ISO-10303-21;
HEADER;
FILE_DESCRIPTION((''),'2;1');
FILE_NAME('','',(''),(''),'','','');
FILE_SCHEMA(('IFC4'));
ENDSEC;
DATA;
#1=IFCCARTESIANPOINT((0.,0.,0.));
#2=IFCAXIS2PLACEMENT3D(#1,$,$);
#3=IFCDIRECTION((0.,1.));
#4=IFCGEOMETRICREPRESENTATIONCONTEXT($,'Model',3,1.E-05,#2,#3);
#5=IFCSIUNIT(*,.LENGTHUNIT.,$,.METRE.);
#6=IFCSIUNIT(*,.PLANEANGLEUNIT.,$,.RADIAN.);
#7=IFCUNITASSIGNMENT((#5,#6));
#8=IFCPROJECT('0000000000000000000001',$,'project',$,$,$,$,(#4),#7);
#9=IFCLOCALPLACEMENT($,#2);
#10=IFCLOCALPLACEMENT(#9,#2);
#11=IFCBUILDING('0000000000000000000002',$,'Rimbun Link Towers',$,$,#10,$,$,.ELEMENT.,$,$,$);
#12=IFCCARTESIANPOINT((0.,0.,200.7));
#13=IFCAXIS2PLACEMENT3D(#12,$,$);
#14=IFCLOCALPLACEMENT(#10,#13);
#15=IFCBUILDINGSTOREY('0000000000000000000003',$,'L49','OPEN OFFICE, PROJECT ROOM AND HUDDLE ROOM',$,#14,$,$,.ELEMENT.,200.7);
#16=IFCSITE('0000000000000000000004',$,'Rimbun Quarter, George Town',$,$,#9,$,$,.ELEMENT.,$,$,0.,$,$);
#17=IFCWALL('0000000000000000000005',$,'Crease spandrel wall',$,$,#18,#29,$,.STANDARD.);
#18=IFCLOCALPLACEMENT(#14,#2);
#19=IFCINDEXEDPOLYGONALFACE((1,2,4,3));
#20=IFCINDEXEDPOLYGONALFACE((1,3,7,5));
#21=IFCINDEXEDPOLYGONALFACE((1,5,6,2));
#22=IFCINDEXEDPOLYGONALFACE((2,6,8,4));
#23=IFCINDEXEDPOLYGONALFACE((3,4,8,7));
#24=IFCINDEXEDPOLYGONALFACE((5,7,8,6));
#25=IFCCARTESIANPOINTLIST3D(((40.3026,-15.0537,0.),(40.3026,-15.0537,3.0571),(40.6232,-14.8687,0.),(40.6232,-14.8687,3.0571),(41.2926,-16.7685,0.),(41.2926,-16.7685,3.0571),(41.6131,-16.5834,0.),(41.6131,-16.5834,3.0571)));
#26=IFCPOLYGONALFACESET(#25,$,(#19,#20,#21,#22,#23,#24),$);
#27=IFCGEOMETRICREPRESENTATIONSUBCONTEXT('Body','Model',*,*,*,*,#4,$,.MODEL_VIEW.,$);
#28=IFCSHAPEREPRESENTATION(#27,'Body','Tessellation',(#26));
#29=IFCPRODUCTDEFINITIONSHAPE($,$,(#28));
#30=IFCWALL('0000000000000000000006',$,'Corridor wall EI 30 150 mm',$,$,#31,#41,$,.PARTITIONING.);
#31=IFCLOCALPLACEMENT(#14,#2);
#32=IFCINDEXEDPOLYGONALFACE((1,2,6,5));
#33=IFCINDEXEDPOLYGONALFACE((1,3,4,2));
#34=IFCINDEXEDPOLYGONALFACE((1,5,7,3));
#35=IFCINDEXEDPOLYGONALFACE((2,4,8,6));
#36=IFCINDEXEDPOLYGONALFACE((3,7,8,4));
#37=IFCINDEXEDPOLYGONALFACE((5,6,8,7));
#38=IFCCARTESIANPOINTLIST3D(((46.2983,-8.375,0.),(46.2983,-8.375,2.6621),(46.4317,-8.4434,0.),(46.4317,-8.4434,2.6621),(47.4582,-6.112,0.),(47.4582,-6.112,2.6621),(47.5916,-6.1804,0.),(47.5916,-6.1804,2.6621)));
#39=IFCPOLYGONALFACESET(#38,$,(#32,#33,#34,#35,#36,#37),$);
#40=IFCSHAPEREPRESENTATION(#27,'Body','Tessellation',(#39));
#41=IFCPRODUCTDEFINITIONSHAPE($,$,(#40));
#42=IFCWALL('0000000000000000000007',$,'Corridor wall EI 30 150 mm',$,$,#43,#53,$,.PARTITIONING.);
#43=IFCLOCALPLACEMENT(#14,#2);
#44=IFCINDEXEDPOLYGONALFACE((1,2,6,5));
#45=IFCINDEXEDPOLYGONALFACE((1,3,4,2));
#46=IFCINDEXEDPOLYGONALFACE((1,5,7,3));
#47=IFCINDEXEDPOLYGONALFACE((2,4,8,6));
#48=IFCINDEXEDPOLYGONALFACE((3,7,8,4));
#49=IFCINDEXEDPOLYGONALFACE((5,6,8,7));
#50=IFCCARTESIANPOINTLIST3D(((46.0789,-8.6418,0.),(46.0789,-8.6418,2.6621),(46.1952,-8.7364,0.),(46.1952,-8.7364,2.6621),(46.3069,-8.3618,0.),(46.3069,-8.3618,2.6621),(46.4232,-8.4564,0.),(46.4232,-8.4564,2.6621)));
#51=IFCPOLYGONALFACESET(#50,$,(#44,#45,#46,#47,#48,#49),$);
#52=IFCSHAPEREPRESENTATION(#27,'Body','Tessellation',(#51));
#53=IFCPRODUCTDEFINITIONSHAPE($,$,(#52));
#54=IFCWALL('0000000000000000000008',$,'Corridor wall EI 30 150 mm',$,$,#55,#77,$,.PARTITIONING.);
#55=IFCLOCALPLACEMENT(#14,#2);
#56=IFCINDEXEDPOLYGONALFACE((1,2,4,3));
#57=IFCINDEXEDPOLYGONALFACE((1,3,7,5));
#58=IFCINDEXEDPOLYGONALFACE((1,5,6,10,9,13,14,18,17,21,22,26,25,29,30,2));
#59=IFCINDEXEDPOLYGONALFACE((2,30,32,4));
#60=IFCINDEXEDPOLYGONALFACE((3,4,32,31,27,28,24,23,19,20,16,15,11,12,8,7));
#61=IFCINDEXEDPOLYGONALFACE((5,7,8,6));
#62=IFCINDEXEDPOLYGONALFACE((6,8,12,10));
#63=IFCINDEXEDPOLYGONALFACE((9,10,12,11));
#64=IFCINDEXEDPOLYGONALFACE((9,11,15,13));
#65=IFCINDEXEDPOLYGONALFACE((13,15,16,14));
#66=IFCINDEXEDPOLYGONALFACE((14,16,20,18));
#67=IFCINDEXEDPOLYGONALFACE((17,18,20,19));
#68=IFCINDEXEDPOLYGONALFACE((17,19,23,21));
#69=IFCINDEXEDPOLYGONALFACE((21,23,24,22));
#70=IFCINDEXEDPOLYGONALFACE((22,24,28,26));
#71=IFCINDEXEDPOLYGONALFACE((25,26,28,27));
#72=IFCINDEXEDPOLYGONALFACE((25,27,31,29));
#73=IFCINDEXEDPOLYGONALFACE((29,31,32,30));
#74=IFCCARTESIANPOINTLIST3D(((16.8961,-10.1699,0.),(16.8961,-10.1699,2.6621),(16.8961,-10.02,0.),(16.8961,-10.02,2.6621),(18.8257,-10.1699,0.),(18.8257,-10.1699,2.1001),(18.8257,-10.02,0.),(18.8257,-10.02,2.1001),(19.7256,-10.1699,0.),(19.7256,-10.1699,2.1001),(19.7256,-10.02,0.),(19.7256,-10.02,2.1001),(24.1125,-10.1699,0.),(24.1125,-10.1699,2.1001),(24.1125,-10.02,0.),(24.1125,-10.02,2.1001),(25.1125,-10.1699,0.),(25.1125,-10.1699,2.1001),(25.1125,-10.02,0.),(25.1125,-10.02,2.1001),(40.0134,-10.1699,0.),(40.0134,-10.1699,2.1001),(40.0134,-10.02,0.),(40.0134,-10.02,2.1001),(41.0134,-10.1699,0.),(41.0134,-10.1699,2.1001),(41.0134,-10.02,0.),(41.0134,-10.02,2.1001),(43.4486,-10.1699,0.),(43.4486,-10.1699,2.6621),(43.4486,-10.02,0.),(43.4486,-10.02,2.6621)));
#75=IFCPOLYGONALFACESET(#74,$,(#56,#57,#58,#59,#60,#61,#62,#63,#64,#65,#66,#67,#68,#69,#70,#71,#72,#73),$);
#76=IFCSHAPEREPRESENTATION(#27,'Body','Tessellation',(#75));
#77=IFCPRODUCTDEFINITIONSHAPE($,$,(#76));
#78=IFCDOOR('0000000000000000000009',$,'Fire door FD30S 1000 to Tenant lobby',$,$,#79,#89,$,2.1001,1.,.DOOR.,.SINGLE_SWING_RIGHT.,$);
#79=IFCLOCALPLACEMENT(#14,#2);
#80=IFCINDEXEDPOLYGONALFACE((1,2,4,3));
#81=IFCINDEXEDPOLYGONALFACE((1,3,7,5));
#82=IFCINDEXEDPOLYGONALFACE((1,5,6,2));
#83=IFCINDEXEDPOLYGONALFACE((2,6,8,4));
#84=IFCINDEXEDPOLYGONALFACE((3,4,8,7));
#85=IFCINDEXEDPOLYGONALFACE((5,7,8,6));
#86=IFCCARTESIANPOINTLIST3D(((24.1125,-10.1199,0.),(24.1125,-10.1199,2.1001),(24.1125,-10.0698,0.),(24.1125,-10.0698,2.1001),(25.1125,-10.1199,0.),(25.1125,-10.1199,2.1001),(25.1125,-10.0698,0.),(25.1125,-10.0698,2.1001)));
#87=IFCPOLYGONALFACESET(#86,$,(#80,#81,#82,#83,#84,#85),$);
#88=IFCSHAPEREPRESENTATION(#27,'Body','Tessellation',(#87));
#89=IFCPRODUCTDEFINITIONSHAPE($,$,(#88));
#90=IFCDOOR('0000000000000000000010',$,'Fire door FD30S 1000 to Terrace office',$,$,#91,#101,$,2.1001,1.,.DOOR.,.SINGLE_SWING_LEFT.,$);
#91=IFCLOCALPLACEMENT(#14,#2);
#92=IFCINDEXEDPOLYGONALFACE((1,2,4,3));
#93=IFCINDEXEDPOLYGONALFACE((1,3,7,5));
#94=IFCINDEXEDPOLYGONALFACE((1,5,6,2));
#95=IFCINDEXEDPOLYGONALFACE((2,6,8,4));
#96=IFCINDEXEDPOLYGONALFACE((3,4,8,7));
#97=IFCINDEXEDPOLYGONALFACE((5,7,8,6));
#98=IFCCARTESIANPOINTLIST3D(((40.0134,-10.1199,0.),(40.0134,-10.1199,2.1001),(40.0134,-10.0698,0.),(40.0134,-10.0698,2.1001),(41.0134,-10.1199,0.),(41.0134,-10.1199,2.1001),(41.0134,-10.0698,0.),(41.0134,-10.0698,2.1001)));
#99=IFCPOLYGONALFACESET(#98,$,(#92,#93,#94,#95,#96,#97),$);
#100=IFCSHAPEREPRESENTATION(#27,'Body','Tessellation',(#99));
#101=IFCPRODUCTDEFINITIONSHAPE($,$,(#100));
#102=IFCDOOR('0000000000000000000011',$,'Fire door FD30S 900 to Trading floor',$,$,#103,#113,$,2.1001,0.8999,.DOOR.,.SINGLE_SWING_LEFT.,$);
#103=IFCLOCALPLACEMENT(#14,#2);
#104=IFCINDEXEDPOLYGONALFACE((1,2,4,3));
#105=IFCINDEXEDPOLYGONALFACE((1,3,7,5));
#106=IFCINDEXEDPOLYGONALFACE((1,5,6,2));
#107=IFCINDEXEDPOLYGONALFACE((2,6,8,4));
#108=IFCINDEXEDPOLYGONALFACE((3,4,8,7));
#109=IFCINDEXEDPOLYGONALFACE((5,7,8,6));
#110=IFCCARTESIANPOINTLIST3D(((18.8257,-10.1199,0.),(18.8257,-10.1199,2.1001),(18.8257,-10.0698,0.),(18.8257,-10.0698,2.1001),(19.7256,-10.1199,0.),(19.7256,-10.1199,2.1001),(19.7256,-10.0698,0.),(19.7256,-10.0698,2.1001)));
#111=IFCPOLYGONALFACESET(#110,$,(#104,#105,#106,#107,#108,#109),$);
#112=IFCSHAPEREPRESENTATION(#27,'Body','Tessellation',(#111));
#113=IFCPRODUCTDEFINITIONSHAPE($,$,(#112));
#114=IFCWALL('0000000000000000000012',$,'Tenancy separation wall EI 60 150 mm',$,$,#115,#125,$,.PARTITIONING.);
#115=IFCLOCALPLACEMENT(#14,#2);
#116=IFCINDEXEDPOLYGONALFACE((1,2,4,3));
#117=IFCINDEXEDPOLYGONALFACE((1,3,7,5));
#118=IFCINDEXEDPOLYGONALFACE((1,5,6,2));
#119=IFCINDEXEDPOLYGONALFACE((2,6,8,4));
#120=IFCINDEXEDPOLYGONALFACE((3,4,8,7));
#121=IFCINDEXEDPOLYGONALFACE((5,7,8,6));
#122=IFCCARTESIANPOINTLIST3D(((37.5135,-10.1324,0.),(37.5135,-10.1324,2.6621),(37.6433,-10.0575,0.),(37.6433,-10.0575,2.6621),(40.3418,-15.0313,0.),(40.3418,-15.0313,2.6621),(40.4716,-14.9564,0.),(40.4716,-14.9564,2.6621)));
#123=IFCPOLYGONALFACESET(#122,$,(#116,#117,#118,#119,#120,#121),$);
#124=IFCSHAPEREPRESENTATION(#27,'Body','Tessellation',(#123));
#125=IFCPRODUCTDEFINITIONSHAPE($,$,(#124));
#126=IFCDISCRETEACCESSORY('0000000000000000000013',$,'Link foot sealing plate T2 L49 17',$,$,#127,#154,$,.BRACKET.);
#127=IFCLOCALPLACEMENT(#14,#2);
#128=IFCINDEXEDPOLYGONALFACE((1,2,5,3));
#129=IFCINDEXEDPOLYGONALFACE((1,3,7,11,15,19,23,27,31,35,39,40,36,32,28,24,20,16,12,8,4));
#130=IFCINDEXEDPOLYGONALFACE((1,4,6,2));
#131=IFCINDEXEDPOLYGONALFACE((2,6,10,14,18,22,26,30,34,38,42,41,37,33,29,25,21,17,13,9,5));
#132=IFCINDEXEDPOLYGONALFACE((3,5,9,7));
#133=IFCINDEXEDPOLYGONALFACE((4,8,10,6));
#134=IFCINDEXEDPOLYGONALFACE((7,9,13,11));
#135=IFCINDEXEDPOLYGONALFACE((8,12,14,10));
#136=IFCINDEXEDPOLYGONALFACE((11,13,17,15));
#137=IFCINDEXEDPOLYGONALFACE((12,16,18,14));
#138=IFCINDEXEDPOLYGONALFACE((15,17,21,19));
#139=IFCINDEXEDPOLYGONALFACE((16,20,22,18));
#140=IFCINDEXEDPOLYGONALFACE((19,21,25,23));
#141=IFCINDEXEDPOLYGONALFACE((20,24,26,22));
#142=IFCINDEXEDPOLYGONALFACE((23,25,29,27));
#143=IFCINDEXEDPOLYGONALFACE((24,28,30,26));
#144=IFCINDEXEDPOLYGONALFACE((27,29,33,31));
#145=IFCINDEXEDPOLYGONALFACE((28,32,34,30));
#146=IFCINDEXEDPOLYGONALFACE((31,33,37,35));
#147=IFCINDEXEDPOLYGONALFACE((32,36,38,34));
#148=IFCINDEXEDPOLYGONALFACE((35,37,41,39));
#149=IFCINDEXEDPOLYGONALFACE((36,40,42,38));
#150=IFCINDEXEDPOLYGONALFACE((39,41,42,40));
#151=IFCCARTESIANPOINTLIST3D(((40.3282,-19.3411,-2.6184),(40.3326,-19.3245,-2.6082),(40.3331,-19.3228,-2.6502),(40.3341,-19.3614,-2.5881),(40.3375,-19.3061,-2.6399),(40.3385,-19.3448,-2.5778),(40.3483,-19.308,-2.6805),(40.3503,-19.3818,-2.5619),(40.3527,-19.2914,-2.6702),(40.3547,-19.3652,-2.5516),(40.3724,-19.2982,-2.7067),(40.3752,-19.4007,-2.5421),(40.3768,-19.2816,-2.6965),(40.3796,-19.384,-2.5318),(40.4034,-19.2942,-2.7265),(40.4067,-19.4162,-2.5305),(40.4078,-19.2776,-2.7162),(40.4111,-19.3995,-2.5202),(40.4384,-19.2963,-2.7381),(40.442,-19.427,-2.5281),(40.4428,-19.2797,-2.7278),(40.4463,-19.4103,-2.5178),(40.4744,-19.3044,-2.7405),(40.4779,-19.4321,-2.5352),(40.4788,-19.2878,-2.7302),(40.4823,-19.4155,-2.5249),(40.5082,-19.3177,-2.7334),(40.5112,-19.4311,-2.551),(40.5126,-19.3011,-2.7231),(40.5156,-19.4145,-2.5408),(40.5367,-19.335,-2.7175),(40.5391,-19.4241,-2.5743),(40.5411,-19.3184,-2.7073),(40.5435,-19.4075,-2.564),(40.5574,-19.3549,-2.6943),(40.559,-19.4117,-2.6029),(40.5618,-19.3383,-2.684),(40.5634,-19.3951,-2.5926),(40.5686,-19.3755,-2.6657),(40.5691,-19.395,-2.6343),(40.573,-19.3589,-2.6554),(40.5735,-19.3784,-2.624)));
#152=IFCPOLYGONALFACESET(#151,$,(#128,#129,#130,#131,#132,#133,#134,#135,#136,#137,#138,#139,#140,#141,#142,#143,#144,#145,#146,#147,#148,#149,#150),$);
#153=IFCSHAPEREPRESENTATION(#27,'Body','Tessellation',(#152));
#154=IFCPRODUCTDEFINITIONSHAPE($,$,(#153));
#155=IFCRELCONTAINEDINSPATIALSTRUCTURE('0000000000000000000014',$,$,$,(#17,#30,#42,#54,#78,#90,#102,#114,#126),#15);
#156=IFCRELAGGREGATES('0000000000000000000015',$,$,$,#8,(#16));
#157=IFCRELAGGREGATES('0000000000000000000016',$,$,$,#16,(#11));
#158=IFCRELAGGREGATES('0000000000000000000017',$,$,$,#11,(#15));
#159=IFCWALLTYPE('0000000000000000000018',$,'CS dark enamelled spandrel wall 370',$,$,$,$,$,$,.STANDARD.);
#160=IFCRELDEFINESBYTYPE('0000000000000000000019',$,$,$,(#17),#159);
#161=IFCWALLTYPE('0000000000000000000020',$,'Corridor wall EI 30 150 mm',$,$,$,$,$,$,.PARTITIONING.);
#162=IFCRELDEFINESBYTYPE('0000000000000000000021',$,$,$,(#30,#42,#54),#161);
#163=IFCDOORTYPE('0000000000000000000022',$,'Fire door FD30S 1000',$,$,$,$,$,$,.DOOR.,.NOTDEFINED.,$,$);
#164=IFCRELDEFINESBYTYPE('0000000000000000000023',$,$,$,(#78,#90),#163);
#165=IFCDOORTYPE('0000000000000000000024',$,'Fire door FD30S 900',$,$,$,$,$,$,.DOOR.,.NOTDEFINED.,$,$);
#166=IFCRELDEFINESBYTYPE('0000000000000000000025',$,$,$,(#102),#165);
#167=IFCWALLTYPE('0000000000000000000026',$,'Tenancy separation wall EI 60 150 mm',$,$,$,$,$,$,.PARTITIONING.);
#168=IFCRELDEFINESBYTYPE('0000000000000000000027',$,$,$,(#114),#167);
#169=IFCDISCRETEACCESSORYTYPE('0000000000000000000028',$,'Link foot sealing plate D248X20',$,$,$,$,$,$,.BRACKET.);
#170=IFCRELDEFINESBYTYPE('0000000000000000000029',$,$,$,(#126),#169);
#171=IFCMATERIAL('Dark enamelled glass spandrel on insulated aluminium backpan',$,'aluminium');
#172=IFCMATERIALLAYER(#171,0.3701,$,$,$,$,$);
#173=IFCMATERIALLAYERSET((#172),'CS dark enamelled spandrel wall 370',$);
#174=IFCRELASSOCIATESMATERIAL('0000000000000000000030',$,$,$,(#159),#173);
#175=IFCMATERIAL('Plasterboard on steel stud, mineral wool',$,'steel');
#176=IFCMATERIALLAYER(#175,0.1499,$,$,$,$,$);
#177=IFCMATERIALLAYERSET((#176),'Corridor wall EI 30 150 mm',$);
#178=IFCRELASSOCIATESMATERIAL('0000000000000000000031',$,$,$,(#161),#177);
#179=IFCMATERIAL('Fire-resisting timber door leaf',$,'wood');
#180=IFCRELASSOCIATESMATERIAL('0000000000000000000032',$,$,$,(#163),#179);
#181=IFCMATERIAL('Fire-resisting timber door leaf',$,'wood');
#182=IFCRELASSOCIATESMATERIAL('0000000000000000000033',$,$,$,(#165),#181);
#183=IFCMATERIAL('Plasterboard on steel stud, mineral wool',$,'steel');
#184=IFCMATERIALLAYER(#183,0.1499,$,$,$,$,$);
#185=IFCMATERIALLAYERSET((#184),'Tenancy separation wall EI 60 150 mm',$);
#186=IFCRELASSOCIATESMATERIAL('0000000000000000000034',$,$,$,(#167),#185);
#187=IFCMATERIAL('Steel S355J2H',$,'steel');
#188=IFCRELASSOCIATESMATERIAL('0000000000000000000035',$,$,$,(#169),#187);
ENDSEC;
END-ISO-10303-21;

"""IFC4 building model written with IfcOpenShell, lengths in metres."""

from ifc_helpers import new_model, si_unit, direction, frame, frame_2d, origin, origin_2d, place, context, subcontext, project, spatial, rectangle, circle, extrude, material, layer, layer_set, material_profile, profile_set, type_object, element, fill, save


model = new_model("IFC4")

# Units and contexts
model_context = context("Model", 3, precision=1e-05, world=origin(), true_north=direction((0.0, 1.0)))
body_context = subcontext(model_context, "Body", "Model", "MODEL_VIEW")
ifc_project = project(units=[si_unit("LENGTHUNIT", "METRE"), si_unit("PLANEANGLEUNIT", "RADIAN")], contexts=[model_context])

# Site, building, storey
site_placement = place(None, origin())
site = spatial("IfcSite", under=ifc_project, at=site_placement, Name="Rimbun Quarter, George Town", CompositionType="ELEMENT", RefElevation=0.0)
building_placement = place(site_placement, origin())
building = spatial("IfcBuilding", under=site, at=building_placement, Name="Rimbun Link Towers", CompositionType="ELEMENT")
storey_placement = place(building_placement, frame((0.0, 0.0, 200.7)))
storey = spatial("IfcBuildingStorey", under=building, at=storey_placement, Name="L49", Description="OPEN OFFICE, PROJECT ROOM AND HUDDLE ROOM", CompositionType="ELEMENT", Elevation=200.7)

# Walls
ifc_material_1 = material(Name="Dark enamelled glass spandrel on insulated aluminium backpan", Category="aluminium")
ifc_layer_1 = layer(ifc_material_1, 0.3701)
ifc_layer_set_1 = layer_set([ifc_layer_1], Name="CS dark enamelled spandrel wall 370")
wall_type_1 = type_object("IfcWallType", Name="CS dark enamelled spandrel wall 370", PredefinedType="STANDARD", material=ifc_layer_set_1)
wall_1_placement = place(storey_placement, frame((40.4629, -14.9612, 0.0), z_axis=(0.0, 0.0, 1.0), x_axis=(0.499971, -0.866042, 0.0)))
element("IfcWall", 1, at=wall_1_placement, inside=storey, type_object=wall_type_1, Name="Crease spandrel wall", PredefinedType="STANDARD", context=body_context, shape_type="SweptSolid", body=[
    extrude(rectangle(XDim=1.98, YDim=0.3701, at=frame_2d((0.99, 0.0))), origin(), (0.0, 0.0, 1.0), 3.0571),
])
ifc_material_2 = material(Name="Plasterboard on steel stud, mineral wool", Category="steel")
ifc_layer_2 = layer(ifc_material_2, 0.1499)
ifc_layer_set_2 = layer_set([ifc_layer_2], Name="Corridor wall EI 30 150 mm")
wall_type_2 = type_object("IfcWallType", Name="Corridor wall EI 30 150 mm", PredefinedType="PARTITIONING", material=ifc_layer_set_2)
wall_2_placement = place(storey_placement, frame((46.365, -8.4092, 0.0), z_axis=(0.0, 0.0, 1.0), x_axis=(0.456139, 0.889908, 0.0)))
element("IfcWall", 2, at=wall_2_placement, inside=storey, type_object=wall_type_2, Name="Corridor wall EI 30 150 mm", PredefinedType="PARTITIONING", context=body_context, shape_type="SweptSolid", body=[
    extrude(rectangle(XDim=2.543, YDim=0.1499, at=frame_2d((1.2715, 0.0))), origin(), (0.0, 0.0, 1.0), 2.6621),
])
wall_3_placement = place(storey_placement, frame((46.137, -8.6892, 0.0), z_axis=(0.0, 0.0, 1.0), x_axis=(0.631432, 0.775431, 0.0)))
element("IfcWall", 3, at=wall_3_placement, inside=storey, type_object=wall_type_2, Name="Corridor wall EI 30 150 mm", PredefinedType="PARTITIONING", context=body_context, shape_type="SweptSolid", body=[
    extrude(rectangle(XDim=0.3611, YDim=0.1499, at=frame_2d((0.1807, 0.0))), origin(), (0.0, 0.0, 1.0), 2.6621),
])

# Wall, openings, doors
wall_4_placement = place(storey_placement, frame((43.4487, -10.095, 0.0), z_axis=(0.0, 0.0, 1.0), x_axis=(-1.0, 0.0, 0.0)))
wall_4 = element("IfcWall", 4, at=wall_4_placement, inside=storey, type_object=wall_type_2, Name="Corridor wall EI 30 150 mm", PredefinedType="PARTITIONING", context=body_context, shape_type="SweptSolid", body=[
    extrude(rectangle(XDim=26.5525, YDim=0.1499, at=frame_2d((13.2764, 0.0))), origin(), (0.0, 0.0, 1.0), 2.6621),
])
opening_1_placement = place(wall_4_placement, frame((23.7231, 0.0, 0.0)))
opening_1 = element("IfcOpeningElement", 5, at=opening_1_placement, cuts=wall_4, PredefinedType="OPENING", context=body_context, shape_type="SweptSolid", body=[
    extrude(rectangle(XDim=0.8999, YDim=2.1001, at=frame_2d((0.45, 1.05))), frame((0.0, 0.085, 0.0), z_axis=(0.0, -1.0, 0.0), x_axis=(1.0, 0.0, 0.0)), (0.0, 0.0, 1.0), 0.1699),
])
opening_2_placement = place(wall_4_placement, frame((18.3362, 0.0, 0.0)))
opening_2 = element("IfcOpeningElement", 6, at=opening_2_placement, cuts=wall_4, PredefinedType="OPENING", context=body_context, shape_type="SweptSolid", body=[
    extrude(rectangle(XDim=1.0, YDim=2.1001, at=frame_2d((0.5, 1.05))), frame((0.0, 0.085, 0.0), z_axis=(0.0, -1.0, 0.0), x_axis=(1.0, 0.0, 0.0)), (0.0, 0.0, 1.0), 0.1699),
])
opening_3_placement = place(wall_4_placement, frame((2.4353, 0.0, 0.0)))
opening_3 = element("IfcOpeningElement", 7, at=opening_3_placement, cuts=wall_4, PredefinedType="OPENING", context=body_context, shape_type="SweptSolid", body=[
    extrude(rectangle(XDim=1.0, YDim=2.1001, at=frame_2d((0.5, 1.05))), frame((0.0, 0.085, 0.0), z_axis=(0.0, -1.0, 0.0), x_axis=(1.0, 0.0, 0.0)), (0.0, 0.0, 1.0), 0.1699),
])
ifc_material_3 = material(Name="Fire-resisting timber door leaf", Category="wood")
door_type_1 = type_object("IfcDoorType", Name="Fire door FD30S 1000", OperationType="NOTDEFINED", PredefinedType="DOOR", material=ifc_material_3)
door_1_placement = place(opening_2_placement, origin())
door_1 = element("IfcDoor", 8, at=door_1_placement, inside=storey, type_object=door_type_1, Name="Fire door FD30S 1000 to Tenant lobby", OperationType="SINGLE_SWING_RIGHT", OverallHeight=2.1001, OverallWidth=1.0, PredefinedType="DOOR", context=body_context, shape_type="SweptSolid", body=[
    extrude(rectangle(XDim=1.0, YDim=2.1001, at=frame_2d((0.5, 1.05))), frame((0.0, 0.0249, 0.0), z_axis=(0.0, -1.0, 0.0), x_axis=(1.0, 0.0, 0.0)), (0.0, 0.0, 1.0), 0.05),
])
fill(opening_2, door_1)
door_2_placement = place(opening_3_placement, origin())
door_2 = element("IfcDoor", 9, at=door_2_placement, inside=storey, type_object=door_type_1, Name="Fire door FD30S 1000 to Terrace office", OperationType="SINGLE_SWING_LEFT", OverallHeight=2.1001, OverallWidth=1.0, PredefinedType="DOOR", context=body_context, shape_type="SweptSolid", body=[
    extrude(rectangle(XDim=1.0, YDim=2.1001, at=frame_2d((0.5, 1.05))), frame((0.0, 0.0249, 0.0), z_axis=(0.0, -1.0, 0.0), x_axis=(1.0, 0.0, 0.0)), (0.0, 0.0, 1.0), 0.05),
])
fill(opening_3, door_2)
ifc_material_4 = material(Name="Fire-resisting timber door leaf", Category="wood")
door_type_2 = type_object("IfcDoorType", Name="Fire door FD30S 900", OperationType="NOTDEFINED", PredefinedType="DOOR", material=ifc_material_4)
door_3_placement = place(opening_1_placement, origin())
door_3 = element("IfcDoor", 10, at=door_3_placement, inside=storey, type_object=door_type_2, Name="Fire door FD30S 900 to Trading floor", OperationType="SINGLE_SWING_LEFT", OverallHeight=2.1001, OverallWidth=0.8999, PredefinedType="DOOR", context=body_context, shape_type="SweptSolid", body=[
    extrude(rectangle(XDim=0.8999, YDim=2.1001, at=frame_2d((0.45, 1.05))), frame((0.0, 0.0249, 0.0), z_axis=(0.0, -1.0, 0.0), x_axis=(1.0, 0.0, 0.0)), (0.0, 0.0, 1.0), 0.05),
])
fill(opening_1, door_3)

# Wall
ifc_material_5 = material(Name="Plasterboard on steel stud, mineral wool", Category="steel")
ifc_layer_3 = layer(ifc_material_5, 0.1499)
ifc_layer_set_3 = layer_set([ifc_layer_3], Name="Tenancy separation wall EI 60 150 mm")
wall_type_3 = type_object("IfcWallType", Name="Tenancy separation wall EI 60 150 mm", PredefinedType="PARTITIONING", material=ifc_layer_set_3)
wall_5_placement = place(storey_placement, frame((37.5784, -10.095, 0.0), z_axis=(0.0, 0.0, 1.0), x_axis=(0.499996, -0.866027, 0.0)))
element("IfcWall", 11, at=wall_5_placement, inside=storey, type_object=wall_type_3, Name="Tenancy separation wall EI 60 150 mm", PredefinedType="PARTITIONING", context=body_context, shape_type="SweptSolid", body=[
    extrude(rectangle(XDim=5.6567, YDim=0.1499, at=frame_2d((2.8284, 0.0))), origin(), (0.0, 0.0, 1.0), 2.6621),
])

# Discrete accessory
ifc_material_6 = material(Name="Steel S355J2H", Category="steel")
ifc_material_profile_1 = material_profile(ifc_material_6, circle(Radius=0.124, at=origin_2d()), Name="PL D248")
ifc_profile_set_1 = profile_set([ifc_material_profile_1], Name="Steel S355J2H")
discrete_accessory_type = type_object("IfcDiscreteAccessoryType", Name="Link foot sealing plate D248X20", PredefinedType="BRACKET", material=ifc_profile_set_1)
discrete_accessory_placement = place(storey_placement, frame((40.4536, -19.3467, -2.624), z_axis=(-0.219708, -0.830009, -0.512653), x_axis=(0.966705, -0.255893, 0.0)))
element("IfcDiscreteAccessory", 12, at=discrete_accessory_placement, inside=storey, type_object=discrete_accessory_type, Name="Link foot sealing plate T2 L49 17", PredefinedType="BRACKET", context=body_context, shape_type="SweptSolid", body=[
    extrude(circle(Radius=0.124, at=origin_2d()), origin(), (0.0, 0.0, 1.0), 0.02),
])

save(model, "model.ifc")
